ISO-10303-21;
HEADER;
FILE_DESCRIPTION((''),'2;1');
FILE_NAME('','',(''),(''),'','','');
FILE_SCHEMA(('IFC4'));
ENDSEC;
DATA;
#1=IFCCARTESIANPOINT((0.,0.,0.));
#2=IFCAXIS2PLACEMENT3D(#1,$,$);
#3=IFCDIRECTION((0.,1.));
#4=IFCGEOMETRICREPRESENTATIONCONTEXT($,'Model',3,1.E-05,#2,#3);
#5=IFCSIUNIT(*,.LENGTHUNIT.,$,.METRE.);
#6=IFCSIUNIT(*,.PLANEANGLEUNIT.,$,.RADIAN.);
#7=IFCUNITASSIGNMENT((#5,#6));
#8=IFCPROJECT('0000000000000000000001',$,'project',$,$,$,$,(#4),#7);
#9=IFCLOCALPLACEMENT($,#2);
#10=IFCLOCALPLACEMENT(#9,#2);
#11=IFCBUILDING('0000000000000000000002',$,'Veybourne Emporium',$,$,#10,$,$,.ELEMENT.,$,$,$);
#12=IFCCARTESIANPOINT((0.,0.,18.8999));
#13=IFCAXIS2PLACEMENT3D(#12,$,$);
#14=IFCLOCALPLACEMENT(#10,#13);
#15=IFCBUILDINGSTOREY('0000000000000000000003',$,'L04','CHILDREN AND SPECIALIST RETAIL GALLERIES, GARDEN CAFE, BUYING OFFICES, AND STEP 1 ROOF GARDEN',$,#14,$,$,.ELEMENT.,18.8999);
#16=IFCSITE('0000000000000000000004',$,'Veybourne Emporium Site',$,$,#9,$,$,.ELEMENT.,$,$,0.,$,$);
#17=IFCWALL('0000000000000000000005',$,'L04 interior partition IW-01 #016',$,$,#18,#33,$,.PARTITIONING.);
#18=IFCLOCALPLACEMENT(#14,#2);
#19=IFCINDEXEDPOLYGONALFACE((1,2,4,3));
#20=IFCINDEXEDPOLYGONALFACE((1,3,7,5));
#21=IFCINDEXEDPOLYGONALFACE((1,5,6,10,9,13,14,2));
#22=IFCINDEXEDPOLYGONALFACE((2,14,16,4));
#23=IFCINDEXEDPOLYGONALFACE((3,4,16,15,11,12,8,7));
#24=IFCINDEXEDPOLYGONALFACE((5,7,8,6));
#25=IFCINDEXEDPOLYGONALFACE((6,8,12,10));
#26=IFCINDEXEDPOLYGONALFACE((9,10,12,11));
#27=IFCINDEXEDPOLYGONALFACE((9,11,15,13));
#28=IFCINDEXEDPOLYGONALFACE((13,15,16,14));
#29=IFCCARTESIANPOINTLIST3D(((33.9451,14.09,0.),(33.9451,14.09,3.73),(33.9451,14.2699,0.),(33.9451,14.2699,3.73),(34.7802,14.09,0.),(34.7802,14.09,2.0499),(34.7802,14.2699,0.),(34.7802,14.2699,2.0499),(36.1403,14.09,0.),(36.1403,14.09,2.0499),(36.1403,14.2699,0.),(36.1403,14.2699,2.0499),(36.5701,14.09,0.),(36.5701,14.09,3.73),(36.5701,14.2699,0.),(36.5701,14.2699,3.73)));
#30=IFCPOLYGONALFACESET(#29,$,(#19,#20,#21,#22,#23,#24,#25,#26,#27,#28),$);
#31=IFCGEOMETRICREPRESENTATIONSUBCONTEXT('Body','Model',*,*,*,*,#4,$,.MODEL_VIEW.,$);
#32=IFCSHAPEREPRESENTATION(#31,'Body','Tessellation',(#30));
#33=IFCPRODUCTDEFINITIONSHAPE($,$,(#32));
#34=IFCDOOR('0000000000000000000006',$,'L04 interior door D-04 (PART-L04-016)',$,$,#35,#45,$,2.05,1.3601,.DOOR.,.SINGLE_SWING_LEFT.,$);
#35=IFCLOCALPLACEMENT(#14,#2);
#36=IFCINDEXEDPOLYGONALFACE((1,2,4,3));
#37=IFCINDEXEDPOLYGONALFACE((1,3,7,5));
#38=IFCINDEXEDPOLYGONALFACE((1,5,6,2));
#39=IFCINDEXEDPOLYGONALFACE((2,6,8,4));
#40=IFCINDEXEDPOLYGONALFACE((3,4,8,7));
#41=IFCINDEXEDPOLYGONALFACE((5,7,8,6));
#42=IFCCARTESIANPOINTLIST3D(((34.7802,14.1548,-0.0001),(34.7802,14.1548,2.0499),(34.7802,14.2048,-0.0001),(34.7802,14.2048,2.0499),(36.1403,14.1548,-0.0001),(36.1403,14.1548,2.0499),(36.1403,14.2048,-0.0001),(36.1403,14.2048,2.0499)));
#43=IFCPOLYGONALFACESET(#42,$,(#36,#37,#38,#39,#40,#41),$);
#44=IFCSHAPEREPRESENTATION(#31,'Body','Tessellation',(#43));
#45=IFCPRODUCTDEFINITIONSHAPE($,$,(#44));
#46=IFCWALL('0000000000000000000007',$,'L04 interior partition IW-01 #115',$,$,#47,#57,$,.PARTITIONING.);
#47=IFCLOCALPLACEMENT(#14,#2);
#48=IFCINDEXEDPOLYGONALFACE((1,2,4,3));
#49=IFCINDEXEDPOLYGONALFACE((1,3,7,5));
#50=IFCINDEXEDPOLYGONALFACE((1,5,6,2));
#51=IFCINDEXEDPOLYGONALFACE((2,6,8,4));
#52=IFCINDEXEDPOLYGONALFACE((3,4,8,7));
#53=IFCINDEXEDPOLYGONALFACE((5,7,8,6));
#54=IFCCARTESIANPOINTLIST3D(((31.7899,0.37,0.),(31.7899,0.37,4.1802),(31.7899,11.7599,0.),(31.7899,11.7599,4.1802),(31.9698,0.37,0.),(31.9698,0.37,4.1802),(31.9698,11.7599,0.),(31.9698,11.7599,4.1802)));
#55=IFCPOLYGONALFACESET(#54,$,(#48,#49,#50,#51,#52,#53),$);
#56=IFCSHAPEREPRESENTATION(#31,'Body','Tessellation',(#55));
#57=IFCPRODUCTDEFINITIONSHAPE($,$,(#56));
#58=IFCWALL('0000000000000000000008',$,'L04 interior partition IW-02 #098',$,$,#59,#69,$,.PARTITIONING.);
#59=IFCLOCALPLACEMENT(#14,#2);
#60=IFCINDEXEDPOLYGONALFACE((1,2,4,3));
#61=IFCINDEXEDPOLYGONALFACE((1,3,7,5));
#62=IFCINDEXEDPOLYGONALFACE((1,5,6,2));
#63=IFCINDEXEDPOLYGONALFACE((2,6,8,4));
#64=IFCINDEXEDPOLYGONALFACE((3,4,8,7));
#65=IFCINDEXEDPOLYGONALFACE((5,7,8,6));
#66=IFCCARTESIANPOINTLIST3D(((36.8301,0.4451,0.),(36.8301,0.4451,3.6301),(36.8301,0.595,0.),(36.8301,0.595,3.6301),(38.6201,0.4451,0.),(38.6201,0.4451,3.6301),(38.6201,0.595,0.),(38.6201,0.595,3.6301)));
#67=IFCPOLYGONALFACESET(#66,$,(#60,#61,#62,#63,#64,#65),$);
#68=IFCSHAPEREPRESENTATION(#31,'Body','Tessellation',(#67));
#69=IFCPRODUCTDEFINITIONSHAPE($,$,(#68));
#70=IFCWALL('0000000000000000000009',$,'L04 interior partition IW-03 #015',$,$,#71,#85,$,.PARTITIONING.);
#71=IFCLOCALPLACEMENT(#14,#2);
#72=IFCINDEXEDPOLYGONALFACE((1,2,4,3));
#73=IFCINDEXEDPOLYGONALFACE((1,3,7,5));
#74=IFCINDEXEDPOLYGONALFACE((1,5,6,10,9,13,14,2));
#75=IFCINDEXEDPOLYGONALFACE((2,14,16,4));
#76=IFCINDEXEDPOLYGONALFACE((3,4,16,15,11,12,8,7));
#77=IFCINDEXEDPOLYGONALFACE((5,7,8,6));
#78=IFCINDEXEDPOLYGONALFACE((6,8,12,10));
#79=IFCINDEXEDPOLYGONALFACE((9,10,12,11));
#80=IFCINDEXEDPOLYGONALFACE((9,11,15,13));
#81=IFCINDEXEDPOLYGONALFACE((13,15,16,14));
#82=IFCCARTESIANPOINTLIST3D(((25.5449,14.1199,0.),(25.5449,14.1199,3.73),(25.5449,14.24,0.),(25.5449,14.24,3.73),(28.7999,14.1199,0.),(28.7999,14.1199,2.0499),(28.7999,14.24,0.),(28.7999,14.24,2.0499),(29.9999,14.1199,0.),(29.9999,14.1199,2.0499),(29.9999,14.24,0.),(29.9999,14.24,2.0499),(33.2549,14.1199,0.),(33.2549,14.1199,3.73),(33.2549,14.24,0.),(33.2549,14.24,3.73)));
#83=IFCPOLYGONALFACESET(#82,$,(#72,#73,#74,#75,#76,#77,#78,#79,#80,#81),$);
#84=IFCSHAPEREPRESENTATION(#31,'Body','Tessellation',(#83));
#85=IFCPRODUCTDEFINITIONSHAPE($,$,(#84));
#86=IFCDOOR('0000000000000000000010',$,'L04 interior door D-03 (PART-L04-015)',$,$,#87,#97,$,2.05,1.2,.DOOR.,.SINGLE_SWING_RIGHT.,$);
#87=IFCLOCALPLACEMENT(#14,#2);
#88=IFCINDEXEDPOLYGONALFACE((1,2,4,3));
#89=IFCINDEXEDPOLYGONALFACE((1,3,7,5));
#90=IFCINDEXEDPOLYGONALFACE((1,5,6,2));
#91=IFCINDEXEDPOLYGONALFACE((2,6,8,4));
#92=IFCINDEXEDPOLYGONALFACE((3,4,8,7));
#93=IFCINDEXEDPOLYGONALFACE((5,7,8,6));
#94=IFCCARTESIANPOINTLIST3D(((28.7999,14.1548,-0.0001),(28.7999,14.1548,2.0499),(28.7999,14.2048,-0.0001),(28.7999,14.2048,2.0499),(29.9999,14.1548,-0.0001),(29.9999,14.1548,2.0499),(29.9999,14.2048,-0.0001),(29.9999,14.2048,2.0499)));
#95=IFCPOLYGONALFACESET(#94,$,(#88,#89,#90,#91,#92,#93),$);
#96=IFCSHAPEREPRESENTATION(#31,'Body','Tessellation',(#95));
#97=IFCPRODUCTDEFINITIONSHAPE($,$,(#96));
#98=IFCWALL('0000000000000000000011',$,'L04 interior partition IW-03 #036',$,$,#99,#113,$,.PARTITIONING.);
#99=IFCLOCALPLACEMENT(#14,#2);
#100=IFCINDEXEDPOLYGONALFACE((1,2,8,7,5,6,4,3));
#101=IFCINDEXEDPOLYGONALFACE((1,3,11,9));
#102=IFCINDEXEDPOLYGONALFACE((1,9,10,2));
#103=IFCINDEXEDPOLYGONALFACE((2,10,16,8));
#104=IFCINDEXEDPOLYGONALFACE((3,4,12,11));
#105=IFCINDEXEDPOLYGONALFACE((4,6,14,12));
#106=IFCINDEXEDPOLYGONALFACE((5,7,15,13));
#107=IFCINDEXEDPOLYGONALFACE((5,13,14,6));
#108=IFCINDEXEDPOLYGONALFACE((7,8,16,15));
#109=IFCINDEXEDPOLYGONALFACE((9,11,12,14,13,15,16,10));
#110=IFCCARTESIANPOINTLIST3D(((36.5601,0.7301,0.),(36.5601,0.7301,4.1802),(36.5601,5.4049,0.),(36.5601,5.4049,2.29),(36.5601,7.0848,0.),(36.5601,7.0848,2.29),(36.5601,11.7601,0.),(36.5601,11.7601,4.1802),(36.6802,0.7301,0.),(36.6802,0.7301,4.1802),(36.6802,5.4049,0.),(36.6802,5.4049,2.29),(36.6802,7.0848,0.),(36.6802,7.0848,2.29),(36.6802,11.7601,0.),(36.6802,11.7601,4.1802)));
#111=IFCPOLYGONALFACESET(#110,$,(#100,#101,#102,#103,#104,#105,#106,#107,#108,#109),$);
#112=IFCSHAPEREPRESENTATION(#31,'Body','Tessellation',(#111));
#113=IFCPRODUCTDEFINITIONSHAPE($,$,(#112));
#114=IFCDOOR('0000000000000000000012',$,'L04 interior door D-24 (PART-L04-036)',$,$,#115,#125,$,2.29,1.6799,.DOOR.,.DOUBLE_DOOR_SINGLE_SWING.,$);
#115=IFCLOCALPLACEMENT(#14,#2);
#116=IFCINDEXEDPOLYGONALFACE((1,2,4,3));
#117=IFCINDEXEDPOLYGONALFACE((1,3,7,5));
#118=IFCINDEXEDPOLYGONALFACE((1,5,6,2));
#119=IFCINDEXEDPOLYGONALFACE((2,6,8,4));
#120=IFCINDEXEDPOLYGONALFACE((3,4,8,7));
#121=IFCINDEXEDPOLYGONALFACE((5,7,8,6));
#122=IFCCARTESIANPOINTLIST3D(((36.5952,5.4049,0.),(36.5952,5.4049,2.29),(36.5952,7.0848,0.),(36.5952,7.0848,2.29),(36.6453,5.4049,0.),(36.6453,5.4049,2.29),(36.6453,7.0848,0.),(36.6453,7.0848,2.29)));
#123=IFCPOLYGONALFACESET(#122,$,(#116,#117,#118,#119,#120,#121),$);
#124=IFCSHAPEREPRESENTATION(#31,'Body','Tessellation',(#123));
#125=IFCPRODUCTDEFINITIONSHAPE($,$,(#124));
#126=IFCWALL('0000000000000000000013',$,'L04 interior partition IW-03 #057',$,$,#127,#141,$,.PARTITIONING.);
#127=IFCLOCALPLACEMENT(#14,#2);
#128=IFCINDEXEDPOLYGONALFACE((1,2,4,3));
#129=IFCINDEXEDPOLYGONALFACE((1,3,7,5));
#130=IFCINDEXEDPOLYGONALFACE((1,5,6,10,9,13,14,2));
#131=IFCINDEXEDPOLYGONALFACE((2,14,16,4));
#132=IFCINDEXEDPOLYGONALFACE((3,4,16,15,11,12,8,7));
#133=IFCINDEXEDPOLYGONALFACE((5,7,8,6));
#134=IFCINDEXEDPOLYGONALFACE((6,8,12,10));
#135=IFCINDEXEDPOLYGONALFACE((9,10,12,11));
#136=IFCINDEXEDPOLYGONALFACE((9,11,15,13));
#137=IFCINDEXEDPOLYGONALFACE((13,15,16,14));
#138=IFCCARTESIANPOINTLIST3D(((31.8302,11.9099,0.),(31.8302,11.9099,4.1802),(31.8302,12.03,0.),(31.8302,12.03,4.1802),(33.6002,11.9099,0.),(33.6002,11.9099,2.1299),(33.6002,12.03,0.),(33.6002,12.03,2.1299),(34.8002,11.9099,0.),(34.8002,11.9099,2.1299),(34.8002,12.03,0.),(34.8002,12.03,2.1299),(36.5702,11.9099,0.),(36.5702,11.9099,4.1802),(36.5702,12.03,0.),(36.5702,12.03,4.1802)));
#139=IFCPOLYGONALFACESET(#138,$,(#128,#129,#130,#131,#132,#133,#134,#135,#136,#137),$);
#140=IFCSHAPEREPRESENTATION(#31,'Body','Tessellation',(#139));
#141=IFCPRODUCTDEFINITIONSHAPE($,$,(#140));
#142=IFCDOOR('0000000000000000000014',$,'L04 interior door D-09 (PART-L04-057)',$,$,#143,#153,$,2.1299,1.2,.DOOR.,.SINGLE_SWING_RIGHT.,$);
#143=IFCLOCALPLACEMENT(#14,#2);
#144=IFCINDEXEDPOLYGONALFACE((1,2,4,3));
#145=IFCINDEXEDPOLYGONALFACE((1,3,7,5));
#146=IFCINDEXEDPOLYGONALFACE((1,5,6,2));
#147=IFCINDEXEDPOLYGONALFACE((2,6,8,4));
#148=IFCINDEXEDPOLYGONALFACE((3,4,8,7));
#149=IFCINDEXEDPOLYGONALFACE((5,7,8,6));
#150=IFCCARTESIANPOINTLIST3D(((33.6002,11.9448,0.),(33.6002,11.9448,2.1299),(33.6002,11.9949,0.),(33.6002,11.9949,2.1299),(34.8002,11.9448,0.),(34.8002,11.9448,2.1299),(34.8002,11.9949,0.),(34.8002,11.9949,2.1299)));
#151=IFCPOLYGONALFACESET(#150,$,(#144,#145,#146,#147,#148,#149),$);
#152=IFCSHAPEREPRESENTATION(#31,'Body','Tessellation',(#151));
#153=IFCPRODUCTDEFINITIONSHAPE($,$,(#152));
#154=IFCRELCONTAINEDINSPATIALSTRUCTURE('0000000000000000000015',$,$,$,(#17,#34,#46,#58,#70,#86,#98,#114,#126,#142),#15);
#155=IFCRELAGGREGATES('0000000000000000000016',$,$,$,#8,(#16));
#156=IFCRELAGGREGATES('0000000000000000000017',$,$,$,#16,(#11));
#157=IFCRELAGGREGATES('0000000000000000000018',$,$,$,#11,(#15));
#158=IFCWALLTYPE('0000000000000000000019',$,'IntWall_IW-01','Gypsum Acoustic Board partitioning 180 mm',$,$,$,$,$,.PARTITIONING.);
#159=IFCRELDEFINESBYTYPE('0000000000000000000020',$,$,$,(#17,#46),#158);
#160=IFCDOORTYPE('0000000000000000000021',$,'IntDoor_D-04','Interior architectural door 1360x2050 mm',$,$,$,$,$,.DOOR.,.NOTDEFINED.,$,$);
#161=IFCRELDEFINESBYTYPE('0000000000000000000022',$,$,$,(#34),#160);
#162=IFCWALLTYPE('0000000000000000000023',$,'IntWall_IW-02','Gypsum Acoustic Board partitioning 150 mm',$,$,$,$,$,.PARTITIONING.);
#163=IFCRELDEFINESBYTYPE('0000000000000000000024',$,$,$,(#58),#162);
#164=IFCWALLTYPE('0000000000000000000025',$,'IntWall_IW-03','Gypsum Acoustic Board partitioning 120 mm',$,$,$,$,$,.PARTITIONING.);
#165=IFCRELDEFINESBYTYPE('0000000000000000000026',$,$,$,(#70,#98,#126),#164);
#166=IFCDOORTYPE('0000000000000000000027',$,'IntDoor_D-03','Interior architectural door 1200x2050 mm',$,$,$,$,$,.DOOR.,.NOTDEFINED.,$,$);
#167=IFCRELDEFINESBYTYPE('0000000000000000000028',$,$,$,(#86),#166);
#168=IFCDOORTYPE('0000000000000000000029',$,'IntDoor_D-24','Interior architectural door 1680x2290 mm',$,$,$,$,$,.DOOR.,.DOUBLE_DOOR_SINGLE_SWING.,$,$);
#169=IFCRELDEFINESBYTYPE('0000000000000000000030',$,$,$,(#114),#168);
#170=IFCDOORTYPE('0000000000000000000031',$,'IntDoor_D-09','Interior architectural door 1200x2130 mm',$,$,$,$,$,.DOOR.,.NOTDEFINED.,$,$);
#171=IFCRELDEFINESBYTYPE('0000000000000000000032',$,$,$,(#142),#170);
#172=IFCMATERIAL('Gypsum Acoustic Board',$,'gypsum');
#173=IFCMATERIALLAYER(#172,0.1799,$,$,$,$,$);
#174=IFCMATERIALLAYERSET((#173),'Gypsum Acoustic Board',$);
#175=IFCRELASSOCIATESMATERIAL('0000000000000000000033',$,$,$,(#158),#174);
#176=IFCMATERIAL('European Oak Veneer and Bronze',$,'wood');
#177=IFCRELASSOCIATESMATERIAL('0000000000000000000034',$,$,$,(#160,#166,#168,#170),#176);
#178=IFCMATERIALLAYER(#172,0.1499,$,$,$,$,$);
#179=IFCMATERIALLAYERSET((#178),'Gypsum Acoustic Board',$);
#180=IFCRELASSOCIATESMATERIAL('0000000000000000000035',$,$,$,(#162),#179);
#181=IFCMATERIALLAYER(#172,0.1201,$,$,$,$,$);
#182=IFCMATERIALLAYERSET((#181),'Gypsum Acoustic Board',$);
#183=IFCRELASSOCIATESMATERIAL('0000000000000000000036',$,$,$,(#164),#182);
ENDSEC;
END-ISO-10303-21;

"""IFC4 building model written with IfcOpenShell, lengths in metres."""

from ifc_helpers import new_model, si_unit, direction, frame, frame_2d, origin, place, context, subcontext, project, spatial, rectangle, extrude, material, layer, layer_set, type_object, element, fill, save


model = new_model("IFC4")

# Units and contexts
model_context = context("Model", 3, precision=1e-05, world=origin(), true_north=direction((0.0, 1.0)))
body_context = subcontext(model_context, "Body", "Model", "MODEL_VIEW")
ifc_project = project(units=[si_unit("LENGTHUNIT", "METRE"), si_unit("PLANEANGLEUNIT", "RADIAN")], contexts=[model_context])

# Site, building, storey
site_placement = place(None, origin())
site = spatial("IfcSite", under=ifc_project, at=site_placement, Name="Veybourne Emporium Site", CompositionType="ELEMENT", RefElevation=0.0)
building_placement = place(site_placement, origin())
building = spatial("IfcBuilding", under=site, at=building_placement, Name="Veybourne Emporium", CompositionType="ELEMENT")
storey_placement = place(building_placement, frame((0.0, 0.0, 18.8999)))
storey = spatial("IfcBuildingStorey", under=building, at=storey_placement, Name="L04", Description="CHILDREN AND SPECIALIST RETAIL GALLERIES, GARDEN CAFE, BUYING OFFICES, AND STEP 1 ROOF GARDEN", CompositionType="ELEMENT", Elevation=18.8999)

# Wall, opening, door
ifc_material_1 = material(Name="Gypsum Acoustic Board", Category="gypsum")
ifc_layer_1 = layer(ifc_material_1, 0.1799)
ifc_layer_set_1 = layer_set([ifc_layer_1], Name="Gypsum Acoustic Board")
wall_type_1 = type_object("IfcWallType", Name="IntWall_IW-01", Description="Gypsum Acoustic Board partitioning 180 mm", PredefinedType="PARTITIONING", material=ifc_layer_set_1)
wall_1_placement = place(storey_placement, frame((33.9451, 14.1799, 0.0), z_axis=(0.0, 0.0, 1.0), x_axis=(1.0, 0.0, 0.0)))
wall_1 = element("IfcWall", 1, at=wall_1_placement, inside=storey, type_object=wall_type_1, Name="L04 interior partition IW-01 #016", PredefinedType="PARTITIONING", context=body_context, shape_type="SweptSolid", body=[
    extrude(rectangle(XDim=2.625, YDim=0.1799, at=frame_2d((1.3125, 0.0))), origin(), (0.0, 0.0, 1.0), 3.73),
])
opening_1_placement = place(wall_1_placement, frame((0.835, 0.0, 0.0)))
opening_1 = element("IfcOpeningElement", 2, at=opening_1_placement, cuts=wall_1, PredefinedType="OPENING", context=body_context, shape_type="SweptSolid", body=[
    extrude(rectangle(XDim=1.3601, YDim=2.05, at=frame_2d((0.6802, 1.0249))), frame((0.0, 0.1099, 0.0), z_axis=(0.0, -1.0, 0.0), x_axis=(1.0, 0.0, 0.0)), (0.0, 0.0, 1.0), 0.22),
])
ifc_material_2 = material(Name="European Oak Veneer and Bronze", Category="wood")
door_type_1 = type_object("IfcDoorType", Name="IntDoor_D-04", Description="Interior architectural door 1360x2050 mm", OperationType="NOTDEFINED", PredefinedType="DOOR", material=ifc_material_2)
door_1_placement = place(opening_1_placement, origin())
door_1 = element("IfcDoor", 3, at=door_1_placement, inside=storey, type_object=door_type_1, Name="L04 interior door D-04 (PART-L04-016)", OperationType="SINGLE_SWING_LEFT", OverallHeight=2.05, OverallWidth=1.3601, PredefinedType="DOOR", context=body_context, shape_type="SweptSolid", body=[
    extrude(rectangle(XDim=1.3601, YDim=2.05, at=frame_2d((0.6802, 1.0249))), frame((0.0, 0.0249, 0.0), z_axis=(0.0, -1.0, 0.0), x_axis=(1.0, 0.0, 0.0)), (0.0, 0.0, 1.0), 0.05),
])
fill(opening_1, door_1)

# Walls
wall_2_placement = place(storey_placement, frame((31.8799, 0.3701, 0.0), z_axis=(0.0, 0.0, 1.0), x_axis=(0.0, 1.0, 0.0)))
element("IfcWall", 4, at=wall_2_placement, inside=storey, type_object=wall_type_1, Name="L04 interior partition IW-01 #115", PredefinedType="PARTITIONING", context=body_context, shape_type="SweptSolid", body=[
    extrude(rectangle(XDim=11.3899, YDim=0.1799, at=frame_2d((5.6948, 0.0))), origin(), (0.0, 0.0, 1.0), 4.1802),
])
ifc_layer_2 = layer(ifc_material_1, 0.1499)
ifc_layer_set_2 = layer_set([ifc_layer_2], Name="Gypsum Acoustic Board")
wall_type_2 = type_object("IfcWallType", Name="IntWall_IW-02", Description="Gypsum Acoustic Board partitioning 150 mm", PredefinedType="PARTITIONING", material=ifc_layer_set_2)
wall_3_placement = place(storey_placement, frame((36.8301, 0.52, 0.0), z_axis=(0.0, 0.0, 1.0), x_axis=(1.0, 0.0, 0.0)))
element("IfcWall", 5, at=wall_3_placement, inside=storey, type_object=wall_type_2, Name="L04 interior partition IW-02 #098", PredefinedType="PARTITIONING", context=body_context, shape_type="SweptSolid", body=[
    extrude(rectangle(XDim=1.79, YDim=0.1499, at=frame_2d((0.895, 0.0))), origin(), (0.0, 0.0, 1.0), 3.6301),
])

# Walls, openings, doors
ifc_layer_3 = layer(ifc_material_1, 0.1201)
ifc_layer_set_3 = layer_set([ifc_layer_3], Name="Gypsum Acoustic Board")
wall_type_3 = type_object("IfcWallType", Name="IntWall_IW-03", Description="Gypsum Acoustic Board partitioning 120 mm", PredefinedType="PARTITIONING", material=ifc_layer_set_3)
wall_4_placement = place(storey_placement, frame((25.5449, 14.1799, 0.0), z_axis=(0.0, 0.0, 1.0), x_axis=(1.0, 0.0, 0.0)))
wall_4 = element("IfcWall", 6, at=wall_4_placement, inside=storey, type_object=wall_type_3, Name="L04 interior partition IW-03 #015", PredefinedType="PARTITIONING", context=body_context, shape_type="SweptSolid", body=[
    extrude(rectangle(XDim=7.71, YDim=0.1201, at=frame_2d((3.855, 0.0))), origin(), (0.0, 0.0, 1.0), 3.73),
])
opening_2_placement = place(wall_4_placement, frame((3.2549, 0.0, 0.0)))
opening_2 = element("IfcOpeningElement", 7, at=opening_2_placement, cuts=wall_4, PredefinedType="OPENING", context=body_context, shape_type="SweptSolid", body=[
    extrude(rectangle(XDim=1.2, YDim=2.05, at=frame_2d((0.6001, 1.0249))), frame((0.0, 0.0801, 0.0), z_axis=(0.0, -1.0, 0.0), x_axis=(1.0, 0.0, 0.0)), (0.0, 0.0, 1.0), 0.1602),
])
door_type_2 = type_object("IfcDoorType", Name="IntDoor_D-03", Description="Interior architectural door 1200x2050 mm", OperationType="NOTDEFINED", PredefinedType="DOOR", material=ifc_material_2)
door_2_placement = place(opening_2_placement, origin())
door_2 = element("IfcDoor", 8, at=door_2_placement, inside=storey, type_object=door_type_2, Name="L04 interior door D-03 (PART-L04-015)", OperationType="SINGLE_SWING_RIGHT", OverallHeight=2.05, OverallWidth=1.2, PredefinedType="DOOR", context=body_context, shape_type="SweptSolid", body=[
    extrude(rectangle(XDim=1.2, YDim=2.05, at=frame_2d((0.6001, 1.0249))), frame((0.0, 0.0249, 0.0), z_axis=(0.0, -1.0, 0.0), x_axis=(1.0, 0.0, 0.0)), (0.0, 0.0, 1.0), 0.05),
])
fill(opening_2, door_2)
wall_5_placement = place(storey_placement, frame((36.6201, 0.73, 0.0), z_axis=(0.0, 0.0, 1.0), x_axis=(0.0, 1.0, 0.0)))
wall_5 = element("IfcWall", 9, at=wall_5_placement, inside=storey, type_object=wall_type_3, Name="L04 interior partition IW-03 #036", PredefinedType="PARTITIONING", context=body_context, shape_type="SweptSolid", body=[
    extrude(rectangle(XDim=11.03, YDim=0.1201, at=frame_2d((5.5151, 0.0))), origin(), (0.0, 0.0, 1.0), 4.1802),
])
opening_3_placement = place(wall_5_placement, frame((4.675, 0.0, 0.0)))
opening_3 = element("IfcOpeningElement", 10, at=opening_3_placement, cuts=wall_5, PredefinedType="OPENING", context=body_context, shape_type="SweptSolid", body=[
    extrude(rectangle(XDim=1.6799, YDim=2.29, at=frame_2d((0.8398, 1.145))), frame((0.0, 0.0801, 0.0), z_axis=(0.0, -1.0, 0.0), x_axis=(1.0, 0.0, 0.0)), (0.0, 0.0, 1.0), 0.1602),
])
door_type_3 = type_object("IfcDoorType", Name="IntDoor_D-24", Description="Interior architectural door 1680x2290 mm", OperationType="DOUBLE_DOOR_SINGLE_SWING", PredefinedType="DOOR", material=ifc_material_2)
door_3_placement = place(opening_3_placement, origin())
door_3 = element("IfcDoor", 11, at=door_3_placement, inside=storey, type_object=door_type_3, Name="L04 interior door D-24 (PART-L04-036)", OperationType="DOUBLE_DOOR_SINGLE_SWING", OverallHeight=2.29, OverallWidth=1.6799, PredefinedType="DOOR", context=body_context, shape_type="SweptSolid", body=[
    extrude(rectangle(XDim=1.6799, YDim=2.29, at=frame_2d((0.8398, 1.145))), frame((0.0, 0.0249, 0.0), z_axis=(0.0, -1.0, 0.0), x_axis=(1.0, 0.0, 0.0)), (0.0, 0.0, 1.0), 0.05),
])
fill(opening_3, door_3)
wall_6_placement = place(storey_placement, frame((31.8301, 11.97, 0.0), z_axis=(0.0, 0.0, 1.0), x_axis=(1.0, 0.0, 0.0)))
wall_6 = element("IfcWall", 12, at=wall_6_placement, inside=storey, type_object=wall_type_3, Name="L04 interior partition IW-03 #057", PredefinedType="PARTITIONING", context=body_context, shape_type="SweptSolid", body=[
    extrude(rectangle(XDim=4.74, YDim=0.1201, at=frame_2d((2.3701, 0.0))), origin(), (0.0, 0.0, 1.0), 4.1802),
])
opening_4_placement = place(wall_6_placement, frame((1.77, 0.0, 0.0)))
opening_4 = element("IfcOpeningElement", 13, at=opening_4_placement, cuts=wall_6, PredefinedType="OPENING", context=body_context, shape_type="SweptSolid", body=[
    extrude(rectangle(XDim=1.2, YDim=2.1299, at=frame_2d((0.6001, 1.0649))), frame((0.0, 0.0801, 0.0), z_axis=(0.0, -1.0, 0.0), x_axis=(1.0, 0.0, 0.0)), (0.0, 0.0, 1.0), 0.1602),
])
door_type_4 = type_object("IfcDoorType", Name="IntDoor_D-09", Description="Interior architectural door 1200x2130 mm", OperationType="NOTDEFINED", PredefinedType="DOOR", material=ifc_material_2)
door_4_placement = place(opening_4_placement, origin())
door_4 = element("IfcDoor", 14, at=door_4_placement, inside=storey, type_object=door_type_4, Name="L04 interior door D-09 (PART-L04-057)", OperationType="SINGLE_SWING_RIGHT", OverallHeight=2.1299, OverallWidth=1.2, PredefinedType="DOOR", context=body_context, shape_type="SweptSolid", body=[
    extrude(rectangle(XDim=1.2, YDim=2.1299, at=frame_2d((0.6001, 1.0649))), frame((0.0, 0.0249, 0.0), z_axis=(0.0, -1.0, 0.0), x_axis=(1.0, 0.0, 0.0)), (0.0, 0.0, 1.0), 0.05),
])
fill(opening_4, door_4)

save(model, "model.ifc")
